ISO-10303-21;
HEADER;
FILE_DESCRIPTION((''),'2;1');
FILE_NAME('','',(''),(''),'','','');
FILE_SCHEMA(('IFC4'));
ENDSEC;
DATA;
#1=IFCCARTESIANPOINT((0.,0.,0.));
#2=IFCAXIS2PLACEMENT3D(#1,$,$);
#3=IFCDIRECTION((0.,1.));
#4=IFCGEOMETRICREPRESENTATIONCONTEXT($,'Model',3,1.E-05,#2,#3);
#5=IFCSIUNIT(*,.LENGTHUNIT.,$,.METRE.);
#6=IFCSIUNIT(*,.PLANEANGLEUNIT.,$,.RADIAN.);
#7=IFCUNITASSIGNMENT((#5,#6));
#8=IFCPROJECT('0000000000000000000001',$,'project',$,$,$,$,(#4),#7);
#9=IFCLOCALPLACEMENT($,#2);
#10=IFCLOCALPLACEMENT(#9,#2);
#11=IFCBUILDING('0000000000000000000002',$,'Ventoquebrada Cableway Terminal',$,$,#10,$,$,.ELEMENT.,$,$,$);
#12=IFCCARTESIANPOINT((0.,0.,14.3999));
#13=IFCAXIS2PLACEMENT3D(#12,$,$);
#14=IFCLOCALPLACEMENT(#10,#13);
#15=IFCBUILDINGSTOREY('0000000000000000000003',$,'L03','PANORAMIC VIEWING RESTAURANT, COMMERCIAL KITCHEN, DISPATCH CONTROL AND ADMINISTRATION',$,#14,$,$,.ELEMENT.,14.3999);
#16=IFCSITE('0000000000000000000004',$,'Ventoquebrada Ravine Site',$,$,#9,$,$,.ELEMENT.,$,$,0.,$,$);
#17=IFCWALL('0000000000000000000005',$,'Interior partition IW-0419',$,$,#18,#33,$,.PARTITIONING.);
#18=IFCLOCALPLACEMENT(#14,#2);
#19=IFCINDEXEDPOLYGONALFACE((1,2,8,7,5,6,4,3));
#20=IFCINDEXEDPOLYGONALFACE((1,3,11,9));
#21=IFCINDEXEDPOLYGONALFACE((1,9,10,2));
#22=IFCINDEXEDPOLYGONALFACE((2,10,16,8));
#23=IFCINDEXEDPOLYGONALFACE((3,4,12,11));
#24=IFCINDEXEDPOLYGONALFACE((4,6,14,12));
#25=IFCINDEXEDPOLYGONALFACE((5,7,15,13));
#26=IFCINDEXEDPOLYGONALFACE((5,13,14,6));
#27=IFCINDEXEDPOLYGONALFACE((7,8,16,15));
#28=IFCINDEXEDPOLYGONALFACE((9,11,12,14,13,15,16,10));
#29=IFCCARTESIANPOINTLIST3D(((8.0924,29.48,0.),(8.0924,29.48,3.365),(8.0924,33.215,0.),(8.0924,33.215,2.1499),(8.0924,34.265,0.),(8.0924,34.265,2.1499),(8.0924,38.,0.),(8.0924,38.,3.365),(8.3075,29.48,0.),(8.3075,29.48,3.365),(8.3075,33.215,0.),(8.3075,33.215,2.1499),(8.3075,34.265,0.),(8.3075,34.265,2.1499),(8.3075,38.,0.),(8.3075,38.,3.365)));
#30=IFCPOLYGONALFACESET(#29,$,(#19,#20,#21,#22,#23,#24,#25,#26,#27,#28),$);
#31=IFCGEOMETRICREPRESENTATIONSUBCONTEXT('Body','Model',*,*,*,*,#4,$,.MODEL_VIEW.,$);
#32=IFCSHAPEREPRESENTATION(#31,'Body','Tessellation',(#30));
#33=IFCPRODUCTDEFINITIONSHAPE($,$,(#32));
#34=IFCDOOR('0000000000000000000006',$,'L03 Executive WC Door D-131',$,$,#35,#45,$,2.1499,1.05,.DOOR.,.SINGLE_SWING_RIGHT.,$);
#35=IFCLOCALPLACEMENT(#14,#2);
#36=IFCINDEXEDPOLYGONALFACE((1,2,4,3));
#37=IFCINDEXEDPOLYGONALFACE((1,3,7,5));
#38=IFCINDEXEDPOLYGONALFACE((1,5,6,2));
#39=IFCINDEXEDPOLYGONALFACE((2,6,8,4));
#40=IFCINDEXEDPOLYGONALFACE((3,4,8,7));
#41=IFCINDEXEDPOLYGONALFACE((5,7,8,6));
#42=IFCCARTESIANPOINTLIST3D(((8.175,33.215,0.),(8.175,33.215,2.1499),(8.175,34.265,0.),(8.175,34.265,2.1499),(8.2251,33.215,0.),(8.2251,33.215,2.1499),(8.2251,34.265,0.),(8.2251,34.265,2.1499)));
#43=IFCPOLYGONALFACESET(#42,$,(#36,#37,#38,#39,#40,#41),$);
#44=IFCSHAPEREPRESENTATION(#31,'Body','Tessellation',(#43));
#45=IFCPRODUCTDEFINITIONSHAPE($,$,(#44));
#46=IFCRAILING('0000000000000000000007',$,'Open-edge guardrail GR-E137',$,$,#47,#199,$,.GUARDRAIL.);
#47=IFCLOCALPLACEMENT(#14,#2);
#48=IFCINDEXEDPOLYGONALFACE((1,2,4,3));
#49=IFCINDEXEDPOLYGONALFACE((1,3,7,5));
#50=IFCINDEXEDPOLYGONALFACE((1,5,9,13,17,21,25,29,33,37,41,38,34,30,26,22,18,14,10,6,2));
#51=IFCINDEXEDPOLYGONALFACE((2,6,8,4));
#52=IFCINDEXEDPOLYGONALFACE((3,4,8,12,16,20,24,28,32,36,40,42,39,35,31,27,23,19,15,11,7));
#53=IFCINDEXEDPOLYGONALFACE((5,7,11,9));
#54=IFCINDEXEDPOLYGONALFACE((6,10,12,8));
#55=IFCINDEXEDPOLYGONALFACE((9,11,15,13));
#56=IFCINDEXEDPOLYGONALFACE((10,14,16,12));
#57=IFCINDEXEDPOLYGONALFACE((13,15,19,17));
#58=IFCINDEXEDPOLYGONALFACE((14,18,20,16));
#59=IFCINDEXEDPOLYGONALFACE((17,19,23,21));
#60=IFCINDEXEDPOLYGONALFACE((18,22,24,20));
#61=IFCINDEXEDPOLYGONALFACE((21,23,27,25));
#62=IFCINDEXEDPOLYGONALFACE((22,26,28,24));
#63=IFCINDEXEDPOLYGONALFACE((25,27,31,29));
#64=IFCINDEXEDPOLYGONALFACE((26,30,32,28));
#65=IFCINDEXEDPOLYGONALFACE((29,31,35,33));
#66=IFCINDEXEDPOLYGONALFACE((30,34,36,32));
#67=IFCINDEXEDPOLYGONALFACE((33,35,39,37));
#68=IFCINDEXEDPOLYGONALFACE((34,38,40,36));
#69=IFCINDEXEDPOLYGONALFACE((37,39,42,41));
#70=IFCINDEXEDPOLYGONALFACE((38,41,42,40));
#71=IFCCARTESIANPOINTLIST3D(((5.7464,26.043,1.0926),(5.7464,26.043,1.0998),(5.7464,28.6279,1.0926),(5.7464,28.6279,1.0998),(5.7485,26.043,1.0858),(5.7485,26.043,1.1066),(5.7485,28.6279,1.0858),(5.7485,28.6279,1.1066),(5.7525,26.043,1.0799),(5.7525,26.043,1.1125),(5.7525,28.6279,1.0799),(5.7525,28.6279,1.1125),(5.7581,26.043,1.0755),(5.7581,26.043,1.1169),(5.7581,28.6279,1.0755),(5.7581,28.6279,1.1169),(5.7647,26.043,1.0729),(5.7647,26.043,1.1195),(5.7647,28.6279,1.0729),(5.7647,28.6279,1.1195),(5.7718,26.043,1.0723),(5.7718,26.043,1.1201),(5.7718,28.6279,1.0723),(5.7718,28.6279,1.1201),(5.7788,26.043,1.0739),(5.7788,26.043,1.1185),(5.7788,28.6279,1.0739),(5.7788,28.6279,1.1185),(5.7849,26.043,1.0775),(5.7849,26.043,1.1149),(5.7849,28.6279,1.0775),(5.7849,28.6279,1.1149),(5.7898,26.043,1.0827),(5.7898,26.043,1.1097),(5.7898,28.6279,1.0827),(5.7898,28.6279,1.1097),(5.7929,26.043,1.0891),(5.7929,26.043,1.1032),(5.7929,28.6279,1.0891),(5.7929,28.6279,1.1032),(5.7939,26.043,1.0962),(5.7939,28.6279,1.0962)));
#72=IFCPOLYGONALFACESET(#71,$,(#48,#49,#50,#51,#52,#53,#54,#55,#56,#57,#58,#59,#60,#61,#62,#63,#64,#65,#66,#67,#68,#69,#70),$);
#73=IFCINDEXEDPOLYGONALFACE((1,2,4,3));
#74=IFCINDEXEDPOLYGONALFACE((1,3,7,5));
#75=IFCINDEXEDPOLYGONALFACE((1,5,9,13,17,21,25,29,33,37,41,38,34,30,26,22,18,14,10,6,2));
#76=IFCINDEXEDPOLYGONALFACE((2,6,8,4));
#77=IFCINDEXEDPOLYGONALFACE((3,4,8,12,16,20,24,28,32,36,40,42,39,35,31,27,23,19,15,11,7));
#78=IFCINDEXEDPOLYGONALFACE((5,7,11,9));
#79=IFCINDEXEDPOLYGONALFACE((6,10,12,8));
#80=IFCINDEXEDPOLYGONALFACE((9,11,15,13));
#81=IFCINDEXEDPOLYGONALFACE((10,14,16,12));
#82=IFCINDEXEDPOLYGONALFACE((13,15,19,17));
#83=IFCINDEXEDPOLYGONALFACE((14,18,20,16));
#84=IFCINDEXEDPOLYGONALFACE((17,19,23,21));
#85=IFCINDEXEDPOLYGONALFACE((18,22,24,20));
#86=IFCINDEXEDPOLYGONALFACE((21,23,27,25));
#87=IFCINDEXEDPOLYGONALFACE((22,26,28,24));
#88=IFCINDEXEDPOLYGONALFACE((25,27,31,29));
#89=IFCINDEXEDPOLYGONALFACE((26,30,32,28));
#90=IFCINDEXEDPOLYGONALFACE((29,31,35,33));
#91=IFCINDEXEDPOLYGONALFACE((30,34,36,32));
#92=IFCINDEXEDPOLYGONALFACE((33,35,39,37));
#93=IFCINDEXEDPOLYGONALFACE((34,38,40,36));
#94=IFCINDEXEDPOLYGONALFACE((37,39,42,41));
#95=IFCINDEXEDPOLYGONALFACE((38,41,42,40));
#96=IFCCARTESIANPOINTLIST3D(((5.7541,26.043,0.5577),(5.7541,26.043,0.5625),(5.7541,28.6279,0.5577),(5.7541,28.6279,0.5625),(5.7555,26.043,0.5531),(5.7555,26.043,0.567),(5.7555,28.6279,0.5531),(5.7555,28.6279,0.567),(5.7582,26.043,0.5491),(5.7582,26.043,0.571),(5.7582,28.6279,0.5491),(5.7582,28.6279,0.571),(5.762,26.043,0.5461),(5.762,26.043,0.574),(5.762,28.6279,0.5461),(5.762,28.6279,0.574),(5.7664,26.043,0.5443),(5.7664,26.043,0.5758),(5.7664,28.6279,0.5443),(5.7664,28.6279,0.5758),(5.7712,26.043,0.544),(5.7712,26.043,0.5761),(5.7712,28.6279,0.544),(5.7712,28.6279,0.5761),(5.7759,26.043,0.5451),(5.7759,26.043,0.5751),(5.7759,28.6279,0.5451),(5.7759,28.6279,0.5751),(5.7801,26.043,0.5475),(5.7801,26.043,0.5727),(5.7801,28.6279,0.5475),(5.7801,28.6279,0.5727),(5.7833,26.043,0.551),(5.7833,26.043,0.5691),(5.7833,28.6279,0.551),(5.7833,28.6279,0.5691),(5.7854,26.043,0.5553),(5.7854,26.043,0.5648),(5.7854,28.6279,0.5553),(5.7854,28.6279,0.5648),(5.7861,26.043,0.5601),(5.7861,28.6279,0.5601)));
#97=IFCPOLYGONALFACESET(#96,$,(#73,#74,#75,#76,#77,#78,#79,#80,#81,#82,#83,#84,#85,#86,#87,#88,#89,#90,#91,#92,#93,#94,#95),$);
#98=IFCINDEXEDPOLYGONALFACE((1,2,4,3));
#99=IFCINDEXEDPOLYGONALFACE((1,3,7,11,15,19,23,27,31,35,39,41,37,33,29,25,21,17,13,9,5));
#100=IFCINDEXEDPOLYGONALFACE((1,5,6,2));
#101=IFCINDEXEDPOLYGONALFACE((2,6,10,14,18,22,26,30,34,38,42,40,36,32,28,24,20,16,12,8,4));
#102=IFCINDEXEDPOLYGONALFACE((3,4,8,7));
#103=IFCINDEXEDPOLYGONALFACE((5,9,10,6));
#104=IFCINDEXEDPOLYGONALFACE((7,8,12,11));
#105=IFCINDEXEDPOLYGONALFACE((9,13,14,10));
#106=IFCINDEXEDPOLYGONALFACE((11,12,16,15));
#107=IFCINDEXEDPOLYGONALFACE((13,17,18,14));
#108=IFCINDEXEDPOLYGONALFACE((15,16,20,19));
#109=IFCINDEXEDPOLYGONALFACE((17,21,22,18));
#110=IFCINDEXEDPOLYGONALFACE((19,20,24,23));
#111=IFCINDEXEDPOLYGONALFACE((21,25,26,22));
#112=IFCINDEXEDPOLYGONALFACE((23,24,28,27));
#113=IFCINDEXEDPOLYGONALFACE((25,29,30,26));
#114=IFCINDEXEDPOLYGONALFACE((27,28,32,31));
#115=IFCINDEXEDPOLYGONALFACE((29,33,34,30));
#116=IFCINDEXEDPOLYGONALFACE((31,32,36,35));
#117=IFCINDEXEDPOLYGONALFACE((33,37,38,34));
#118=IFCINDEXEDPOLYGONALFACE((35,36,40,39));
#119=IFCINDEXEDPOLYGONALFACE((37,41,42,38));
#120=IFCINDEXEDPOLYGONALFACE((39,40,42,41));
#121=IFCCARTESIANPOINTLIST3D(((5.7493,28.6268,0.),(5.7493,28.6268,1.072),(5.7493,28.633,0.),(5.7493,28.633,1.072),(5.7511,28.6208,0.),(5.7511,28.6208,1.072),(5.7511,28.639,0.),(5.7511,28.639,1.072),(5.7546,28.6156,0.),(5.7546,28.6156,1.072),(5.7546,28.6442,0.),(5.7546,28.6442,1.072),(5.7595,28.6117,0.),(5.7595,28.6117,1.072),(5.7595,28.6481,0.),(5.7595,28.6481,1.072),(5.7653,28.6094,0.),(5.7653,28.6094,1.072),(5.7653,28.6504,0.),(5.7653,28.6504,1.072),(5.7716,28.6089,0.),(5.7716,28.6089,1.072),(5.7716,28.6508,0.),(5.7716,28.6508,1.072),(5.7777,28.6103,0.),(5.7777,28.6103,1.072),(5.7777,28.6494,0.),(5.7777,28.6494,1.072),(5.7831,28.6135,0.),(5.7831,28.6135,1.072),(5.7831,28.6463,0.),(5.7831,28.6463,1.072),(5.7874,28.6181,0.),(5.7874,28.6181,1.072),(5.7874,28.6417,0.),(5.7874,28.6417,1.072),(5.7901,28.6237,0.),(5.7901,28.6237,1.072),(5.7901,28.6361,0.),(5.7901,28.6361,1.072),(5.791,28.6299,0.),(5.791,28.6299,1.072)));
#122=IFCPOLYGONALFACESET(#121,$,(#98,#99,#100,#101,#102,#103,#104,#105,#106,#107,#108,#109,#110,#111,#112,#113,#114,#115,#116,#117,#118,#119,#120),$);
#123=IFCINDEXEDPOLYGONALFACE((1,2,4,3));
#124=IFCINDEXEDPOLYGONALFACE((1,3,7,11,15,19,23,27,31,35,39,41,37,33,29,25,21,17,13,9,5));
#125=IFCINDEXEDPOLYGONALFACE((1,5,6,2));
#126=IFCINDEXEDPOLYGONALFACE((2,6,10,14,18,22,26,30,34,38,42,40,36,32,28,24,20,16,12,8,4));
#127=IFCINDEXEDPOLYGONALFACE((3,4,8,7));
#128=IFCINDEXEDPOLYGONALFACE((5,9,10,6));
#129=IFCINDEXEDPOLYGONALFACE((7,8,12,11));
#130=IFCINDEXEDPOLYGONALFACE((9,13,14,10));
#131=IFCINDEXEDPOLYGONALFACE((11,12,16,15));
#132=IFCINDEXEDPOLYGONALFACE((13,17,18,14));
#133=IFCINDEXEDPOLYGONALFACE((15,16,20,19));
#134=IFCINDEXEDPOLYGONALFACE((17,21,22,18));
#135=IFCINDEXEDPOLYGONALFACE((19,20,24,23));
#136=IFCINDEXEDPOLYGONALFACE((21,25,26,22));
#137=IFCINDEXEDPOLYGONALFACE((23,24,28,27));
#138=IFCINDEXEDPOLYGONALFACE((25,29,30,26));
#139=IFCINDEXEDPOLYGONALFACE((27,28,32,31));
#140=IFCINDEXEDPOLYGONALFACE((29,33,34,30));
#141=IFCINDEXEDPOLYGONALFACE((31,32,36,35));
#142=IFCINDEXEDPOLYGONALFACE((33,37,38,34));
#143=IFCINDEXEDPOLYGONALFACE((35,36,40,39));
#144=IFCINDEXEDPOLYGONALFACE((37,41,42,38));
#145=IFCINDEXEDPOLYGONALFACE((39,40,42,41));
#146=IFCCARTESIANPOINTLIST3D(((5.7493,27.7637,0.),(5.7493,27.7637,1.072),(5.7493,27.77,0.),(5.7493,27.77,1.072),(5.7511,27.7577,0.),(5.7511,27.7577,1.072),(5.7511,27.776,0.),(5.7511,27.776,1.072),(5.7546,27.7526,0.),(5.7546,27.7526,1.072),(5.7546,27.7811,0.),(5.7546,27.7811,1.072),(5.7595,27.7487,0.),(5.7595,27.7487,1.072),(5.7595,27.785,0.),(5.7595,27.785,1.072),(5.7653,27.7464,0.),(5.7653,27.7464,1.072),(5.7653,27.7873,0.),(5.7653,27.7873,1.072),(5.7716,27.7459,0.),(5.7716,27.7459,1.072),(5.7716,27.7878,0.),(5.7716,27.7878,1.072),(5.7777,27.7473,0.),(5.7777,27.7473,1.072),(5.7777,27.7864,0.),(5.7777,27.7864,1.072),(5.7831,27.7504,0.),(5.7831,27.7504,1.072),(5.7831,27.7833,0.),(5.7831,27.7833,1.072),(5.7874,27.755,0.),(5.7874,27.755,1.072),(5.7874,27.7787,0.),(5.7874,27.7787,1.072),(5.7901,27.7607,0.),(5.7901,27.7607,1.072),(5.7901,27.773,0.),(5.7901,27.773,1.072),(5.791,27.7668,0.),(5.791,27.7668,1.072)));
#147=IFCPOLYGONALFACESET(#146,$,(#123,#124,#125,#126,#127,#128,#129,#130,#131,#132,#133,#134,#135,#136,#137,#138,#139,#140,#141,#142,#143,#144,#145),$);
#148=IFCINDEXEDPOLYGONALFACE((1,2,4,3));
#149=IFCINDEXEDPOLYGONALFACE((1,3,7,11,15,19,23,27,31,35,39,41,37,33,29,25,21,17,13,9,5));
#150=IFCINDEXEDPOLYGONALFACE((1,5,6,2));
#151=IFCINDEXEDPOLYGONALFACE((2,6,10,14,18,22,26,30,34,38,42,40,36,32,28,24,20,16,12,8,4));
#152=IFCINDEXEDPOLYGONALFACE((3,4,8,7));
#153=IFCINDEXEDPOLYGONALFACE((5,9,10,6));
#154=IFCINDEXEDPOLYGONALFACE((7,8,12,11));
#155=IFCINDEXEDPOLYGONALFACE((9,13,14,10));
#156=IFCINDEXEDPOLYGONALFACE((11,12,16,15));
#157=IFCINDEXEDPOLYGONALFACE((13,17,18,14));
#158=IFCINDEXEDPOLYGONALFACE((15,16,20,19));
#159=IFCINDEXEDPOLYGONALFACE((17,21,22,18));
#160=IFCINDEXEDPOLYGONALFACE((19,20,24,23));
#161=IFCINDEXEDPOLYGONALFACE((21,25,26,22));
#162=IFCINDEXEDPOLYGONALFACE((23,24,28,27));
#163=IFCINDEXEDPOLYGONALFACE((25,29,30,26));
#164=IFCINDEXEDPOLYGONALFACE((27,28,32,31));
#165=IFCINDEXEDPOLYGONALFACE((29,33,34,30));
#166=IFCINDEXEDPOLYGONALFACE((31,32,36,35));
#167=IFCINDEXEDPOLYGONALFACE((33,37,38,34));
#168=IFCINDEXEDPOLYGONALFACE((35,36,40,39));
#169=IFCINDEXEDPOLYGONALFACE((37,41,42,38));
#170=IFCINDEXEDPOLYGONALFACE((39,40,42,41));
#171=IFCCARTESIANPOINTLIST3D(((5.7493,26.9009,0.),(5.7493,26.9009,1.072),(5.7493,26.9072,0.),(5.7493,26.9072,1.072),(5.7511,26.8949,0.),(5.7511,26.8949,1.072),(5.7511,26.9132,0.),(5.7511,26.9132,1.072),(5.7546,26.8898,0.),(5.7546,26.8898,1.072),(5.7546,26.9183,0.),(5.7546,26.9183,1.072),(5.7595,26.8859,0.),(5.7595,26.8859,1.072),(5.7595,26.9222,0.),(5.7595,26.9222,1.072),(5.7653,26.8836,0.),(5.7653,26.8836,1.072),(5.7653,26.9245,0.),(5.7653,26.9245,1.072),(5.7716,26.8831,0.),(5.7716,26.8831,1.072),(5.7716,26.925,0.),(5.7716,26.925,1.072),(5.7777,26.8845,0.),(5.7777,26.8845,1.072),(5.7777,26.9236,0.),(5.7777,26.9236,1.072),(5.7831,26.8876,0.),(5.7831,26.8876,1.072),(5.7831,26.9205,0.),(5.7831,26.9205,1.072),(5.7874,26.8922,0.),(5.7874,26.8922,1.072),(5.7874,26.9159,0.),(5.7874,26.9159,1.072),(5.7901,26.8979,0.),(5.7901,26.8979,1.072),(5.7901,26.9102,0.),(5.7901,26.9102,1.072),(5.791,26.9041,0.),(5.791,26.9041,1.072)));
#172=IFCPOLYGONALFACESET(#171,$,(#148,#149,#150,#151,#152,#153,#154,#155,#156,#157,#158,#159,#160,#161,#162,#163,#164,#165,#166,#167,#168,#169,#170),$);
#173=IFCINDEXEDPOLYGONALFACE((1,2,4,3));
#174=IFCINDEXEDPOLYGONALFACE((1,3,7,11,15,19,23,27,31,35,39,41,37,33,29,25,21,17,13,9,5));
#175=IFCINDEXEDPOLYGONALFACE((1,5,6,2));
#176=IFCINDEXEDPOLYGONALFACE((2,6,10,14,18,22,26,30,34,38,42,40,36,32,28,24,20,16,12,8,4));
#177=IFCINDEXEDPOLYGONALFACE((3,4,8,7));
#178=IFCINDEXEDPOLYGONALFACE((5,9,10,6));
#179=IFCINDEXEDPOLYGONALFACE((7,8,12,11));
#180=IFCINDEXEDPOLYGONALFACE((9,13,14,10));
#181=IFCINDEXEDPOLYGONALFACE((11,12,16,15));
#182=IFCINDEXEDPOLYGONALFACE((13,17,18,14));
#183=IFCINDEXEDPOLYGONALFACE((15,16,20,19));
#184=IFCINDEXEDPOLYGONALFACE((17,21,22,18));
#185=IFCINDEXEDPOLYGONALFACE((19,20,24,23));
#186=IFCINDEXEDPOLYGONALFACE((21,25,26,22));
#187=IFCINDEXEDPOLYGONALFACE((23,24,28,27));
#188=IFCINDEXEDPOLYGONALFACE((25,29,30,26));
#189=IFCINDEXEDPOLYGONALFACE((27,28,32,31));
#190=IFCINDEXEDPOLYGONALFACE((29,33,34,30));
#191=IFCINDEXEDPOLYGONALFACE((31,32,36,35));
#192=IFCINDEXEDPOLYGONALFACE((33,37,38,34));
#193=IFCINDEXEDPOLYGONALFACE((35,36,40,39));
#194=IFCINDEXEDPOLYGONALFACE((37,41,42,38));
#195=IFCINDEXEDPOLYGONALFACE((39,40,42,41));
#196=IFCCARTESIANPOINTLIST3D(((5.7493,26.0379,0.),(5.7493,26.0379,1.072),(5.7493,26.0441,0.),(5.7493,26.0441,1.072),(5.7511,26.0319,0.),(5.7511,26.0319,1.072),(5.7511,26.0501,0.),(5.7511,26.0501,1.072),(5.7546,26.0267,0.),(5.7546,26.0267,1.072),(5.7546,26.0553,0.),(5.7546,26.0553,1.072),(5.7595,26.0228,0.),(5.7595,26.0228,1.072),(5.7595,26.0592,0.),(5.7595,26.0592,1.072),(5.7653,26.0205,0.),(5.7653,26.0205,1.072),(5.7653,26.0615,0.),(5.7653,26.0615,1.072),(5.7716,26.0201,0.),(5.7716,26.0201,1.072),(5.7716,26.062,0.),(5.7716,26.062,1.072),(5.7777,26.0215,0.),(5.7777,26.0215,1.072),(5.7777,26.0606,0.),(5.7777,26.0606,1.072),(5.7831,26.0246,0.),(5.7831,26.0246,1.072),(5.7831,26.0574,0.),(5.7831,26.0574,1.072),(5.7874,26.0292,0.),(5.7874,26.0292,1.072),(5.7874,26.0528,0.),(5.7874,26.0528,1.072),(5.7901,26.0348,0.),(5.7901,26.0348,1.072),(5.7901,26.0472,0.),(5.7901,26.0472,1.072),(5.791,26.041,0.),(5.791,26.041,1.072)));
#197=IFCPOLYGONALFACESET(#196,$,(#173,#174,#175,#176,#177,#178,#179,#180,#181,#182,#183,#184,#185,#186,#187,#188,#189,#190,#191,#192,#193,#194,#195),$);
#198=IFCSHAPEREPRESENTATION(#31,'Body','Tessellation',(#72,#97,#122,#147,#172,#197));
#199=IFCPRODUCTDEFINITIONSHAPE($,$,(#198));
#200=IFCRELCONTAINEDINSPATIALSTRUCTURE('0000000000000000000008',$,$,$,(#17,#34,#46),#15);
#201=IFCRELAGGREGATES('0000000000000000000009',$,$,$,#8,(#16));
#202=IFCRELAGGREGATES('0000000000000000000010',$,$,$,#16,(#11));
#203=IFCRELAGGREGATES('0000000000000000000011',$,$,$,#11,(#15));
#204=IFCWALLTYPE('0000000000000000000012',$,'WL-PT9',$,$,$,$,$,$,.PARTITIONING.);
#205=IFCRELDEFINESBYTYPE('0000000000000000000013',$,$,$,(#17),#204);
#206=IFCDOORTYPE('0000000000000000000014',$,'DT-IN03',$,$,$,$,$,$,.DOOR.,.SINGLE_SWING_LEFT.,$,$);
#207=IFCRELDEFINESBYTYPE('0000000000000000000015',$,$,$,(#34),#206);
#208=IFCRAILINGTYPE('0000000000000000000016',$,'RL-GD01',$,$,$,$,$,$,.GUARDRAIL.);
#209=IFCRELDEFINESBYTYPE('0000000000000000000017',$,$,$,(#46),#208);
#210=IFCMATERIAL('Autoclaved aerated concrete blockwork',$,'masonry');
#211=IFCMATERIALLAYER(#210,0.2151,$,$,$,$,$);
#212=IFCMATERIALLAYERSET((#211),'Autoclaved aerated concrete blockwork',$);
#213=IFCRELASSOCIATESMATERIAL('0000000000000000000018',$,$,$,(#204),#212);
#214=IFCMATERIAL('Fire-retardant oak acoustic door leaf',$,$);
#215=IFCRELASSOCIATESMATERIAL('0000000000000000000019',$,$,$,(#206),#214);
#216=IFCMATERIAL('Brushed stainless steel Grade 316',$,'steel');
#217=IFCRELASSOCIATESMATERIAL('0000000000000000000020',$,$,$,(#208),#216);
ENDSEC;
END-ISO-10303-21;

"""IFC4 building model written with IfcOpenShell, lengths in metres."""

from ifc_helpers import new_model, si_unit, direction, frame, frame_2d, origin, origin_2d, place, context, subcontext, project, spatial, rectangle, circle, extrude, material, layer, layer_set, type_object, element, fill, save


model = new_model("IFC4")

# Units and contexts
model_context = context("Model", 3, precision=1e-05, world=origin(), true_north=direction((0.0, 1.0)))
body_context = subcontext(model_context, "Body", "Model", "MODEL_VIEW")
ifc_project = project(units=[si_unit("LENGTHUNIT", "METRE"), si_unit("PLANEANGLEUNIT", "RADIAN")], contexts=[model_context])

# Site, building, storey
site_placement = place(None, origin())
site = spatial("IfcSite", under=ifc_project, at=site_placement, Name="Ventoquebrada Ravine Site", CompositionType="ELEMENT", RefElevation=0.0)
building_placement = place(site_placement, origin())
building = spatial("IfcBuilding", under=site, at=building_placement, Name="Ventoquebrada Cableway Terminal", CompositionType="ELEMENT")
storey_placement = place(building_placement, frame((0.0, 0.0, 14.3999)))
storey = spatial("IfcBuildingStorey", under=building, at=storey_placement, Name="L03", Description="PANORAMIC VIEWING RESTAURANT, COMMERCIAL KITCHEN, DISPATCH CONTROL AND ADMINISTRATION", CompositionType="ELEMENT", Elevation=14.3999)

# Shared definitions
ifc_material_1 = material(Name="Brushed stainless steel Grade 316", Category="steel")

# Wall, opening, door
ifc_material_2 = material(Name="Autoclaved aerated concrete blockwork", Category="masonry")
ifc_layer_1 = layer(ifc_material_2, 0.2151)
ifc_layer_set_1 = layer_set([ifc_layer_1], Name="Autoclaved aerated concrete blockwork")
wall_type_1 = type_object("IfcWallType", Name="WL-PT9", PredefinedType="PARTITIONING", material=ifc_layer_set_1)
wall_1_placement = place(storey_placement, frame((8.2, 29.48, 0.0), z_axis=(0.0, 0.0, 1.0), x_axis=(0.0, 1.0, 0.0)))
wall_1 = element("IfcWall", 1, at=wall_1_placement, inside=storey, type_object=wall_type_1, Name="Interior partition IW-0419", PredefinedType="PARTITIONING", context=body_context, shape_type="SweptSolid", body=[
    extrude(rectangle(XDim=8.52, YDim=0.2151, at=frame_2d((4.26, 0.0))), origin(), (0.0, 0.0, 1.0), 3.365),
])
opening_1_placement = place(wall_1_placement, frame((3.7351, 0.0, 0.0)))
opening_1 = element("IfcOpeningElement", 2, at=opening_1_placement, cuts=wall_1, PredefinedType="OPENING", context=body_context, shape_type="SweptSolid", body=[
    extrude(rectangle(XDim=1.05, YDim=2.1499, at=frame_2d((0.5249, 1.075))), frame((0.0, 0.1174, 0.0), z_axis=(0.0, -1.0, 0.0), x_axis=(1.0, 0.0, 0.0)), (0.0, 0.0, 1.0), 0.2351),
])
ifc_material_3 = material(Name="Fire-retardant oak acoustic door leaf")
door_type_1 = type_object("IfcDoorType", Name="DT-IN03", OperationType="SINGLE_SWING_LEFT", PredefinedType="DOOR", material=ifc_material_3)
door_1_placement = place(opening_1_placement, origin())
door_1 = element("IfcDoor", 3, at=door_1_placement, inside=storey, type_object=door_type_1, Name="L03 Executive WC Door D-131", OperationType="SINGLE_SWING_RIGHT", OverallHeight=2.1499, OverallWidth=1.05, PredefinedType="DOOR", context=body_context, shape_type="SweptSolid", body=[
    extrude(rectangle(XDim=1.05, YDim=2.1499, at=frame_2d((0.5249, 1.075))), frame((0.0, 0.0249, 0.0), z_axis=(0.0, -1.0, 0.0), x_axis=(1.0, 0.0, 0.0)), (0.0, 0.0, 1.0), 0.05),
])
fill(opening_1, door_1)

# Railing
railing_type = type_object("IfcRailingType", Name="RL-GD01", PredefinedType="GUARDRAIL", material=ifc_material_1)
railing_1_placement = place(storey_placement, frame((5.77, 28.6299, 0.0)))
element("IfcRailing", 4, at=railing_1_placement, inside=storey, type_object=railing_type, Name="Open-edge guardrail GR-E137", PredefinedType="GUARDRAIL", context=body_context, shape_type="SweptSolid", body=[
    extrude(circle(Radius=0.0239, at=origin_2d()), frame((0.0, -0.002, 1.0962), z_axis=(0.0, -1.0, 0.0), x_axis=(1.0, 0.0, 0.0)), (0.0, 0.0, 1.0), 2.585),
    extrude(circle(Radius=0.0161, at=origin_2d()), frame((0.0, -0.002, 0.5601), z_axis=(0.0, -1.0, 0.0), x_axis=(1.0, 0.0, 0.0)), (0.0, 0.0, 1.0), 2.585),
    extrude(circle(Radius=0.021, at=origin_2d()), origin(), (0.0, 0.0, 1.0), 1.072),
    extrude(circle(Radius=0.021, at=origin_2d()), frame((0.0, -0.863, 0.0)), (0.0, 0.0, 1.0), 1.072),
    extrude(circle(Radius=0.021, at=origin_2d()), frame((0.0, -1.7258, 0.0)), (0.0, 0.0, 1.0), 1.072),
    extrude(circle(Radius=0.021, at=origin_2d()), frame((0.0, -2.5889, 0.0)), (0.0, 0.0, 1.0), 1.072),
])

save(model, "model.ifc")
